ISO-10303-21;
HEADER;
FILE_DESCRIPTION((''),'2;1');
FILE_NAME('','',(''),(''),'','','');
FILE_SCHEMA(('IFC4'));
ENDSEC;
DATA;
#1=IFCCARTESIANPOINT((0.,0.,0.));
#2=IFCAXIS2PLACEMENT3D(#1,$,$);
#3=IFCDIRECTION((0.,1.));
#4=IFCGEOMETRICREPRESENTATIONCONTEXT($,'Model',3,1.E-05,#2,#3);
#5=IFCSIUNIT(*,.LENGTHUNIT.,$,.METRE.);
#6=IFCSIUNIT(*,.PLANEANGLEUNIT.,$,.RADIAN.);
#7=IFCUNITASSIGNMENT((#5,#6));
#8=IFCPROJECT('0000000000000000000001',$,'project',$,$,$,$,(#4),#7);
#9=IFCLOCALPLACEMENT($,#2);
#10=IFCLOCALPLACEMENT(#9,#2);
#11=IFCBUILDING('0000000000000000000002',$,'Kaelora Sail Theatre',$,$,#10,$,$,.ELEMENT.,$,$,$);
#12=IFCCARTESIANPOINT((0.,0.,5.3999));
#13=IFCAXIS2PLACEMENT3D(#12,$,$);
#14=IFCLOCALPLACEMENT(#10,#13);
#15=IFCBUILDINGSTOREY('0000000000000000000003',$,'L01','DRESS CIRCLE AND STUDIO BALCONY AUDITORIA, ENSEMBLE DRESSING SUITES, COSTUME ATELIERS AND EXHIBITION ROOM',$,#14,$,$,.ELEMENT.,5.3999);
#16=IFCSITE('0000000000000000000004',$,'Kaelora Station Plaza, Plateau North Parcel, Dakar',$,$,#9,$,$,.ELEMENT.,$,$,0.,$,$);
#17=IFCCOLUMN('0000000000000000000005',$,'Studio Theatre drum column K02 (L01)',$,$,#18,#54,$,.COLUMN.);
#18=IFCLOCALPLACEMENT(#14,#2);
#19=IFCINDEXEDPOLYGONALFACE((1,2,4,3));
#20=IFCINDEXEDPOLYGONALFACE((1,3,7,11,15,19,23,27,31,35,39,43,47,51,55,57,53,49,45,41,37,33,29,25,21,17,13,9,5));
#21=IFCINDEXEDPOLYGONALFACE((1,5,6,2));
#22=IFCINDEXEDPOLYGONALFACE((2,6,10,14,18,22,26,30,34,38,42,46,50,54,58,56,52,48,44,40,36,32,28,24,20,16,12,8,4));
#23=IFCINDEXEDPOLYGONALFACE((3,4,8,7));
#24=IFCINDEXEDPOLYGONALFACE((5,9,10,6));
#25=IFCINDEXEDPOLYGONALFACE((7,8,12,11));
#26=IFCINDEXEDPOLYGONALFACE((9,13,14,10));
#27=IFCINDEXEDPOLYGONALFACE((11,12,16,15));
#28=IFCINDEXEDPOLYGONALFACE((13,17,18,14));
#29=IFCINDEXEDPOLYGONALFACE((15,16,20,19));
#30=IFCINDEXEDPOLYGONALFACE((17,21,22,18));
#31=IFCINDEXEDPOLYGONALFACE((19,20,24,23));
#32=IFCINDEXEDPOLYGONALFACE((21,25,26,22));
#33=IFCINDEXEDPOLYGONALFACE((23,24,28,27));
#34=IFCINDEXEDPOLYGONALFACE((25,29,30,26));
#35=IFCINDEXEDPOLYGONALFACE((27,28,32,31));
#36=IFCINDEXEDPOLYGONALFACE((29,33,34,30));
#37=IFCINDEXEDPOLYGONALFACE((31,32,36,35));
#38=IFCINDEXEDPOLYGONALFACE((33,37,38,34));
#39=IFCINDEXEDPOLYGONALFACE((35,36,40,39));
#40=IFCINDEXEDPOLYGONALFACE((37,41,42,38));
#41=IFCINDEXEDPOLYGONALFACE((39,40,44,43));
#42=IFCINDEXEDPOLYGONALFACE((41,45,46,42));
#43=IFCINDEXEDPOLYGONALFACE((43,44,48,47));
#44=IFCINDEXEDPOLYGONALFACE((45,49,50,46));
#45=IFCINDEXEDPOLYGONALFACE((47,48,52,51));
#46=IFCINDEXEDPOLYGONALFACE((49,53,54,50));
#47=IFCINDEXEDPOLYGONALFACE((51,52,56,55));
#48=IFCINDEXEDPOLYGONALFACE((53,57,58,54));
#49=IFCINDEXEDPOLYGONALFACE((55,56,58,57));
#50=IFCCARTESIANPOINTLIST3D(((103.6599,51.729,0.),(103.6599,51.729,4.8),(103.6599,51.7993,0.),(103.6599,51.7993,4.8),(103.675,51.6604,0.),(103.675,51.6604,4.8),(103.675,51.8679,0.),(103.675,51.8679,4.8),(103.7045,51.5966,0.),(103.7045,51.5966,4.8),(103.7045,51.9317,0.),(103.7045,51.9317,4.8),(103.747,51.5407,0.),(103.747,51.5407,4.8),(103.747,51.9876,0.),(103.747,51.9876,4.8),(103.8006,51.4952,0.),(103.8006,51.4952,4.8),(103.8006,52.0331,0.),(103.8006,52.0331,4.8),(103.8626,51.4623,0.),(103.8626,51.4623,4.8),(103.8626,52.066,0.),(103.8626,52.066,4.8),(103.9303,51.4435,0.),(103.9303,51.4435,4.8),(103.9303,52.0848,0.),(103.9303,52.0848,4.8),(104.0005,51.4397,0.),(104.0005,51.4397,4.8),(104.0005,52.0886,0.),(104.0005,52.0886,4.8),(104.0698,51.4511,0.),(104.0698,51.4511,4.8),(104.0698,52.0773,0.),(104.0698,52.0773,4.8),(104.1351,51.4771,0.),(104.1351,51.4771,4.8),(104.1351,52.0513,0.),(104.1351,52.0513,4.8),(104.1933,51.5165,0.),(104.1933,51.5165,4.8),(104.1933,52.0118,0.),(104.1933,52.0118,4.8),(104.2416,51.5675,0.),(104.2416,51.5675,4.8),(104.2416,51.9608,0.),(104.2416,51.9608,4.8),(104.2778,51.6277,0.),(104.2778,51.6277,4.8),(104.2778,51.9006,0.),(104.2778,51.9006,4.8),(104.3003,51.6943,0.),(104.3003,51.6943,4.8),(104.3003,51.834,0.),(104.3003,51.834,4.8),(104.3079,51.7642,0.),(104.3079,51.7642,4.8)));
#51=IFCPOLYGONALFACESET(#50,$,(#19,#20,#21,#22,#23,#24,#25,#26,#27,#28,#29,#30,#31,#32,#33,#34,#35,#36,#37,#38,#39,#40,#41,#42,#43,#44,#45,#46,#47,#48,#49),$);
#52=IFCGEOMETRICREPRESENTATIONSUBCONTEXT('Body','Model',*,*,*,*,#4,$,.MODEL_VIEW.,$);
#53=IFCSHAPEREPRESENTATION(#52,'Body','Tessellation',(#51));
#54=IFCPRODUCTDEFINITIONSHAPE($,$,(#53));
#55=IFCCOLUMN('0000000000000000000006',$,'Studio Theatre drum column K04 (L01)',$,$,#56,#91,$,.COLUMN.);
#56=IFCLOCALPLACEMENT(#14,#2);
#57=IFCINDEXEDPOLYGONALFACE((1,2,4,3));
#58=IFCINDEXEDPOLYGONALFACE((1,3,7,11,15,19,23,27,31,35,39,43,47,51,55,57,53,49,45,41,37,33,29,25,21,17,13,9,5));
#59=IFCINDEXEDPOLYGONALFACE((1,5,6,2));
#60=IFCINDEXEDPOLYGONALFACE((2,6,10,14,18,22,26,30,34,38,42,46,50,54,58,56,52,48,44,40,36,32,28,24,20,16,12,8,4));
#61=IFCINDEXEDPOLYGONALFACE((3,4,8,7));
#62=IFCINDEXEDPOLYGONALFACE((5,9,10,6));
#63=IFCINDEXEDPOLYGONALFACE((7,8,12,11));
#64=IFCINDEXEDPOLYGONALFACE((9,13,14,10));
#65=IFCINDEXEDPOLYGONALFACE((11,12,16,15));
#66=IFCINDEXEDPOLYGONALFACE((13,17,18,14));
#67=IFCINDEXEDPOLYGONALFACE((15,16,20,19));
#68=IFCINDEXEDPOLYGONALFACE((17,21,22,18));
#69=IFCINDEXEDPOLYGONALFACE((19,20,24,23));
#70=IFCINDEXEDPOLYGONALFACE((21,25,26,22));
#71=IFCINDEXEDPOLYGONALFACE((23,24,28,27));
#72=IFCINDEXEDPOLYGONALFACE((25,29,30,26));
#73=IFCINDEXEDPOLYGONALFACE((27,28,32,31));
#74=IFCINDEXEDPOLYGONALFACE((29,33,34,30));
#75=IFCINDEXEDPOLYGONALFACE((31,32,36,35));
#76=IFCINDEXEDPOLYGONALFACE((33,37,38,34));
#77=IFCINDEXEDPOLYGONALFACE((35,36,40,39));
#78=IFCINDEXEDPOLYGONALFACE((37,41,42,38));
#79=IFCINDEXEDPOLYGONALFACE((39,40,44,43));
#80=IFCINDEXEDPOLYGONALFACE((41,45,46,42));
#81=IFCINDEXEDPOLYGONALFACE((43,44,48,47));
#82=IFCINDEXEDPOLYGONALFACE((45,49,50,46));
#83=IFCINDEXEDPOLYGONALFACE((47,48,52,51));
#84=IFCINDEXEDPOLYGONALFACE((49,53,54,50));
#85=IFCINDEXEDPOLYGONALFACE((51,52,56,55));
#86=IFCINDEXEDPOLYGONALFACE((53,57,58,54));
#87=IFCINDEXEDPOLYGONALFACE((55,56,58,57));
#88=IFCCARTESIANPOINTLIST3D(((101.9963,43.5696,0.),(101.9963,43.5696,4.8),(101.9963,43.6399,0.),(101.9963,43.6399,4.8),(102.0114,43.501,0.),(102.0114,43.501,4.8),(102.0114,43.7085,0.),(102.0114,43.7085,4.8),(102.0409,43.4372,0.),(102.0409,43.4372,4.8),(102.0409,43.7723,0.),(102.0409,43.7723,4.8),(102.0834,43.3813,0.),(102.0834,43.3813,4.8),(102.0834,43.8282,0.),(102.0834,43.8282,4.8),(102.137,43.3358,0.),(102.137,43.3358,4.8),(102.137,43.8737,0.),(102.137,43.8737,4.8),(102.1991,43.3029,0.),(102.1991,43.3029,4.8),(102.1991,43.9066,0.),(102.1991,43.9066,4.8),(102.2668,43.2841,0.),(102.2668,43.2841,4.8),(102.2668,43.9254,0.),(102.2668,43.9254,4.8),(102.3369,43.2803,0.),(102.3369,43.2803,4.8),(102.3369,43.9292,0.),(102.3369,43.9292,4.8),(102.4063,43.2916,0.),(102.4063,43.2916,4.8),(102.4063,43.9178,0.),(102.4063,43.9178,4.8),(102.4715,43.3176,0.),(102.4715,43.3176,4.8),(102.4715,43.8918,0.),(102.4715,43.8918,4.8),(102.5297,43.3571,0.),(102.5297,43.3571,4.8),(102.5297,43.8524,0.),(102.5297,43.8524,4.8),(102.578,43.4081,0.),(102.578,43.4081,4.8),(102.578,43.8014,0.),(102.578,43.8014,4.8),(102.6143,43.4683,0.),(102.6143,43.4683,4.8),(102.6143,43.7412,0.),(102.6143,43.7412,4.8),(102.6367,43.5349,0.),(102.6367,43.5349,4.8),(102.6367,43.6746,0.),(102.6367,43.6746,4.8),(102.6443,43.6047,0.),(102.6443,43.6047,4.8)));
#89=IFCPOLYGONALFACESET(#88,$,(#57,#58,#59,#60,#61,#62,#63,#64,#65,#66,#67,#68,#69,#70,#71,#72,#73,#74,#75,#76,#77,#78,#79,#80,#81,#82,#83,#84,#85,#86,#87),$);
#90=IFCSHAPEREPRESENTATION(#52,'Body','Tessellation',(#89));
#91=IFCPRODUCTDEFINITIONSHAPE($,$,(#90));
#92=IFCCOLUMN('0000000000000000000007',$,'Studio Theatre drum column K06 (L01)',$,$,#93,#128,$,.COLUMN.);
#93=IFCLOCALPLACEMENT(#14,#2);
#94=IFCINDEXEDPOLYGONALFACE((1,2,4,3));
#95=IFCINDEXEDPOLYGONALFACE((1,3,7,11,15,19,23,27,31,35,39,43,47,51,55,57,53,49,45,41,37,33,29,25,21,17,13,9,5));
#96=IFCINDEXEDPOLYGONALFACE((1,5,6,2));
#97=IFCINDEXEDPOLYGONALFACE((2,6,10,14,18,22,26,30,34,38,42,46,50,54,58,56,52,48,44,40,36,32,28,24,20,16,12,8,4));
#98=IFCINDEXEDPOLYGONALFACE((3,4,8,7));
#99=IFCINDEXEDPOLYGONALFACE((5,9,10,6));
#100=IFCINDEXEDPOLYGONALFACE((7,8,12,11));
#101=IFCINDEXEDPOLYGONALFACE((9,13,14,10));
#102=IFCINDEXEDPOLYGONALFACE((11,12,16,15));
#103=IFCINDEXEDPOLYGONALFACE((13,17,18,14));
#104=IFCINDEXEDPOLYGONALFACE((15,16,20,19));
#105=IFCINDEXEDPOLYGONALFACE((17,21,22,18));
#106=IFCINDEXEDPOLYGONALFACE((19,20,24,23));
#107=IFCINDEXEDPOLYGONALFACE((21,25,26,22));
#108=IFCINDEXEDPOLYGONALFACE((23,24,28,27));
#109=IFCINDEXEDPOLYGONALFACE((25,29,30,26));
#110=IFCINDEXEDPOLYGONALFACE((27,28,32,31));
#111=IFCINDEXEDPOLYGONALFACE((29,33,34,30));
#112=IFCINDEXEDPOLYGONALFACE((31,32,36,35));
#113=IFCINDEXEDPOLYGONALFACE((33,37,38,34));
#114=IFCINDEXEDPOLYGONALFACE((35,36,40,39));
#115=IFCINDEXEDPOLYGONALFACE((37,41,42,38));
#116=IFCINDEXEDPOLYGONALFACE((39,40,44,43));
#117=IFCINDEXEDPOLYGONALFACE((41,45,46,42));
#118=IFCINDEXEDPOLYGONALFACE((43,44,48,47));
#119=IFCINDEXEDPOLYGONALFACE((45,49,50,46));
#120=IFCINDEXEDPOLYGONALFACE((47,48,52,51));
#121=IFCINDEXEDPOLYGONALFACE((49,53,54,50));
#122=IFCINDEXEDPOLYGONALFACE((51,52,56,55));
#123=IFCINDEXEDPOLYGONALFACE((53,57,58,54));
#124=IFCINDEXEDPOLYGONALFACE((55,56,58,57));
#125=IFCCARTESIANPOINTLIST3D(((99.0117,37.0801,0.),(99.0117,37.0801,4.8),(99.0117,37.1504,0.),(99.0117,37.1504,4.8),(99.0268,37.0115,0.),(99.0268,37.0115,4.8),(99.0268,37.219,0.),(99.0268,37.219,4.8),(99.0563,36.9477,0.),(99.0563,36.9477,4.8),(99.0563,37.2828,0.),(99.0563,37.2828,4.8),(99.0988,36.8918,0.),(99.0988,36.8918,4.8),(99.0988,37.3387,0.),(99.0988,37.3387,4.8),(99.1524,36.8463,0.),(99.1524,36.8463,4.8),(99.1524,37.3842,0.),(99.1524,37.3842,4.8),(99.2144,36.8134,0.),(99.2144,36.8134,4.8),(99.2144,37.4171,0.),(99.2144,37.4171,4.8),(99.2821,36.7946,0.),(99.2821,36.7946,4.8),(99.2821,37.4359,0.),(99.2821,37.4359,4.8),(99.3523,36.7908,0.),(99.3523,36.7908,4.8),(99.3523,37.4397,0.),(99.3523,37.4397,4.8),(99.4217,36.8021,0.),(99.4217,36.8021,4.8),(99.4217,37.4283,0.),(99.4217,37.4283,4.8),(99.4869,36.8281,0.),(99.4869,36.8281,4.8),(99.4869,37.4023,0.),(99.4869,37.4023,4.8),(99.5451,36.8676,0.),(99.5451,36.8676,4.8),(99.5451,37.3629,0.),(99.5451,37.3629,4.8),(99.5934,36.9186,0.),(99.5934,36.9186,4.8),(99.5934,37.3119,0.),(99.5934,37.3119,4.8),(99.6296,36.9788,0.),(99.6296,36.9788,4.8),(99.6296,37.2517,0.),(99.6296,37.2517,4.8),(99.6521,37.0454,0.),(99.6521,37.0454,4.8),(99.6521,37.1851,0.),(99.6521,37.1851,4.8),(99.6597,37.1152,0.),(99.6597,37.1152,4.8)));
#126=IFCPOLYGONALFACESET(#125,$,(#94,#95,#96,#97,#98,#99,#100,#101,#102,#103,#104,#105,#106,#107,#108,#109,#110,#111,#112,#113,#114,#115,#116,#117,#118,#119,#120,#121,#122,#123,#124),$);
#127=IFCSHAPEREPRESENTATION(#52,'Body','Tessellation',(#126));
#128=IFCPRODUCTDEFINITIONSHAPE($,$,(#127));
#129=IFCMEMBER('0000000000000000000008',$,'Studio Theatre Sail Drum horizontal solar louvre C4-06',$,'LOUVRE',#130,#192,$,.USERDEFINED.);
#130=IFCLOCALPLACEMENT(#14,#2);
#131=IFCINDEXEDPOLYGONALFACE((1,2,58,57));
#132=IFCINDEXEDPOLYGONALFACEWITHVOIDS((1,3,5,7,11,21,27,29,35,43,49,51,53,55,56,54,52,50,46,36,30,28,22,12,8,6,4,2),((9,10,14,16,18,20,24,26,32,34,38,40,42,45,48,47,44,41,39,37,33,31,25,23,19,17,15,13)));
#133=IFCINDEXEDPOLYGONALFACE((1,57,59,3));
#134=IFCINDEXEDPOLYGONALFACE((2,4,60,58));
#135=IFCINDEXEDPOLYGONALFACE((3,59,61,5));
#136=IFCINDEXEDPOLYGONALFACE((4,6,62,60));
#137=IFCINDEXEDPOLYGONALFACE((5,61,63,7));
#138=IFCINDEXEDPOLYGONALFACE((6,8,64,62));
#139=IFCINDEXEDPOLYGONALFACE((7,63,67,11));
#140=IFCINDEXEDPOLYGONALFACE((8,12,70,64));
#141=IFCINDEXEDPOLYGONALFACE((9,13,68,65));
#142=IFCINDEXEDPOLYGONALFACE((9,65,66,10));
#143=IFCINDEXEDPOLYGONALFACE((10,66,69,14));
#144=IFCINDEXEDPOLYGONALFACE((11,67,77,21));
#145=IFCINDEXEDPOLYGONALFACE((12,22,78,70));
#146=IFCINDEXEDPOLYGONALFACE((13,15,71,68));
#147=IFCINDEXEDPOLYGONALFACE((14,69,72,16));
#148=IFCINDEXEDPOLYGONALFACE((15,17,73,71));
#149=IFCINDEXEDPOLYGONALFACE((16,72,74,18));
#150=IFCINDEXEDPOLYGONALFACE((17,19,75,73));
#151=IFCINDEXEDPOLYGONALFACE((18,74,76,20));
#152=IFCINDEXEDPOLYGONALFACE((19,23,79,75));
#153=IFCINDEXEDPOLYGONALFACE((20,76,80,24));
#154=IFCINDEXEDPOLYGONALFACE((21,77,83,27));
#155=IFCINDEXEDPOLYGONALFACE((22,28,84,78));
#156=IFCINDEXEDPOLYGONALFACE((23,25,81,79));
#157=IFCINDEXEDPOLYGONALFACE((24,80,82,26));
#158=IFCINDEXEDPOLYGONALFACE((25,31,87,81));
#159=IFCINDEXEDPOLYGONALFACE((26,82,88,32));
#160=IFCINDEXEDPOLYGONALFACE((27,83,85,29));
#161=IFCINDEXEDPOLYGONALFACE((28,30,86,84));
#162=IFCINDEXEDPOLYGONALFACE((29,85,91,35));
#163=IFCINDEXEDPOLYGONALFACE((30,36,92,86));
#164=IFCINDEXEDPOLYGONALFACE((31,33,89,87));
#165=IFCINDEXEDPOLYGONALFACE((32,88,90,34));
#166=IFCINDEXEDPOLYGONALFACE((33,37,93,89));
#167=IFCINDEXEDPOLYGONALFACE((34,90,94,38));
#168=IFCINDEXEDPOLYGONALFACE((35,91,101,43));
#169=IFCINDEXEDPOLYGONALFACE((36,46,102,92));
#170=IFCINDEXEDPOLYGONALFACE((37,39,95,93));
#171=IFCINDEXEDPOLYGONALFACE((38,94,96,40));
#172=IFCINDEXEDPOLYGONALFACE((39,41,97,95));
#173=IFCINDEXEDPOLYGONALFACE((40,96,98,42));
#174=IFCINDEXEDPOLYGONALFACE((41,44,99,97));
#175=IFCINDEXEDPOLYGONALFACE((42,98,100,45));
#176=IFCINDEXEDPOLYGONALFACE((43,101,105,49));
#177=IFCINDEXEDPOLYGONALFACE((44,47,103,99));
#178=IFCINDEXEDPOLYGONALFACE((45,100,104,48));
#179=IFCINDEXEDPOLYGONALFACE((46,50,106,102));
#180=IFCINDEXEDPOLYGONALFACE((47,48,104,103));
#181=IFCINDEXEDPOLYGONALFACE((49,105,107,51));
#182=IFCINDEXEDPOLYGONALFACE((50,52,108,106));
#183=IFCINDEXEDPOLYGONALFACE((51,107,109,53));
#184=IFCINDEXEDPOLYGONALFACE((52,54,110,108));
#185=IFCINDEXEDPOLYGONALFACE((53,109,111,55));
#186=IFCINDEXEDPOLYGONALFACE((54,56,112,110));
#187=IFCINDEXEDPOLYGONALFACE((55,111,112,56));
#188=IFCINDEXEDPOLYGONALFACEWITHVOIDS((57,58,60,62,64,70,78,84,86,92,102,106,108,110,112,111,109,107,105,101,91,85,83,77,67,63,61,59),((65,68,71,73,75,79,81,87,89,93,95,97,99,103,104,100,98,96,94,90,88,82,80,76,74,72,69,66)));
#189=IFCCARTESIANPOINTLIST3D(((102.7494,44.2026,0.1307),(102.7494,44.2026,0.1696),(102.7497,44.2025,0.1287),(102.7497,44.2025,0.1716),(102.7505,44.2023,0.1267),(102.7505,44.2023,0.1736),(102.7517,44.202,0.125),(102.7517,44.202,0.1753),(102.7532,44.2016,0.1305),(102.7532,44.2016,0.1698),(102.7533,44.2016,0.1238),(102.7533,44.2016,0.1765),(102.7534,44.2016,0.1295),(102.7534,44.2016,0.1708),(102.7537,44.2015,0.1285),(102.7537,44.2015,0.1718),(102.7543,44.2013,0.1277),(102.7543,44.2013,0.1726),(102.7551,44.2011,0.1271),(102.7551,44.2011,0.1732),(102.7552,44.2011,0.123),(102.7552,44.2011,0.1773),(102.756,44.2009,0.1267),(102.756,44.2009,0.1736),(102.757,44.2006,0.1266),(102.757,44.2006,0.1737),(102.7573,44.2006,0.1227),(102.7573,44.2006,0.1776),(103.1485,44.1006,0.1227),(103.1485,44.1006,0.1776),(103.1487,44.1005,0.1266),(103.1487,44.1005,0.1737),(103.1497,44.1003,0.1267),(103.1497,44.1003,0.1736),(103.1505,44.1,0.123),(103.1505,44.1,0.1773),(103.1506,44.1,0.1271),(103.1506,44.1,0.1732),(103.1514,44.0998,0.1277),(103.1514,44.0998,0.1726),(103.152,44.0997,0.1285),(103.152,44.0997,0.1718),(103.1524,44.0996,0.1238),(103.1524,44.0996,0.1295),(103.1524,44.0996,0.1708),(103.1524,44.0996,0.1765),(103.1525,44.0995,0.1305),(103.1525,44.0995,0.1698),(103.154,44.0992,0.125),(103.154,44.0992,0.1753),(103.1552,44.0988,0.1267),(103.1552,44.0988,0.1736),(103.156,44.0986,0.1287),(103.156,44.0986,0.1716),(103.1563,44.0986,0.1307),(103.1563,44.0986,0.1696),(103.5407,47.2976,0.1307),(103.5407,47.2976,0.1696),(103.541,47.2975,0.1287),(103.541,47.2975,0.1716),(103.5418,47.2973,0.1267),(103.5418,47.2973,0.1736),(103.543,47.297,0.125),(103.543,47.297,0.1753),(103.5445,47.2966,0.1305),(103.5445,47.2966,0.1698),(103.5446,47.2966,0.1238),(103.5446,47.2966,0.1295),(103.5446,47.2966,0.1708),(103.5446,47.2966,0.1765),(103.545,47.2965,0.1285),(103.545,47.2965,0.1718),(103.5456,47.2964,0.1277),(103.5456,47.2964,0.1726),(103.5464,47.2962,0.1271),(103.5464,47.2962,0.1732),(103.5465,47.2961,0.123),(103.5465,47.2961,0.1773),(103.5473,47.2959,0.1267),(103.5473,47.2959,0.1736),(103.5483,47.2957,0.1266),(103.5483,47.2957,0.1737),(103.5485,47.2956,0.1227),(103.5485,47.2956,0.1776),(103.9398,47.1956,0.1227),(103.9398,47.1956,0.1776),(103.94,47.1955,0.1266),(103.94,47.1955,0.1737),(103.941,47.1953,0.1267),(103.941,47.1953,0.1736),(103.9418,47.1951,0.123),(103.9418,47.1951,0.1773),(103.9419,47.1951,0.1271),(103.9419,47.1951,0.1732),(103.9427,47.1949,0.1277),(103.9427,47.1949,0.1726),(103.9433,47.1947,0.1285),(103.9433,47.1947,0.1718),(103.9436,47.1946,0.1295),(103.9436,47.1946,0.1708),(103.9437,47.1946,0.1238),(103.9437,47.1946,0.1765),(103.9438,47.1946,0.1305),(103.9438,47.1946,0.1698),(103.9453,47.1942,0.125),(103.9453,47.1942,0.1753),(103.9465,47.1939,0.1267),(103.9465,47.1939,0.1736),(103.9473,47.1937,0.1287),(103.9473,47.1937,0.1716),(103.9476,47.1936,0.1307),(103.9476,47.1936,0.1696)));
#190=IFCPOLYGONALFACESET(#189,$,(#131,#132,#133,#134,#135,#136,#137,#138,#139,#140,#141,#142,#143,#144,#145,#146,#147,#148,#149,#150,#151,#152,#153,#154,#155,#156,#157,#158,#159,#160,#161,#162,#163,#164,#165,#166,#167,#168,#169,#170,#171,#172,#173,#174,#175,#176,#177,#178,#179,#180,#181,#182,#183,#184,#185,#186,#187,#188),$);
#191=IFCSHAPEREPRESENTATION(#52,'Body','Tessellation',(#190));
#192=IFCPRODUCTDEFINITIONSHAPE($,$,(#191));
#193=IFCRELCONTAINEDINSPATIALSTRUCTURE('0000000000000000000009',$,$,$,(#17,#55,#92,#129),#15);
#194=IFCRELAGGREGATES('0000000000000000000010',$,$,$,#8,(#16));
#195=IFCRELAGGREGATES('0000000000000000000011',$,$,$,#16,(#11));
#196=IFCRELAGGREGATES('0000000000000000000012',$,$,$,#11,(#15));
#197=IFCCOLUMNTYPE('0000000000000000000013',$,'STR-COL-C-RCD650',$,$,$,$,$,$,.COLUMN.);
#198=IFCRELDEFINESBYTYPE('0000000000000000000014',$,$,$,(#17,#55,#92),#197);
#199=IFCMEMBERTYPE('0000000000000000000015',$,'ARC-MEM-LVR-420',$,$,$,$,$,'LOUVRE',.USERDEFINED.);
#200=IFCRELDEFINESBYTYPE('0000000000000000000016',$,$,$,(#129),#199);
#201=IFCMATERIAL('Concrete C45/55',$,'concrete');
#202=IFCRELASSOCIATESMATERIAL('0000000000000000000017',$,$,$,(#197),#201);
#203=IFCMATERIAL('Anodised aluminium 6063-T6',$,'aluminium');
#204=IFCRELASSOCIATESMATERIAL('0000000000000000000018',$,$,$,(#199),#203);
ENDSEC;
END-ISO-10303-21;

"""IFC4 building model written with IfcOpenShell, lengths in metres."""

from ifc_helpers import new_model, si_unit, direction, frame, origin, origin_2d, place, context, subcontext, project, spatial, hollow_rectangle, circle, extrude, material, material_profile, profile_set, type_object, element, save


model = new_model("IFC4")

# Units and contexts
model_context = context("Model", 3, precision=1e-05, world=origin(), true_north=direction((0.0, 1.0)))
body_context = subcontext(model_context, "Body", "Model", "MODEL_VIEW")
ifc_project = project(units=[si_unit("LENGTHUNIT", "METRE"), si_unit("PLANEANGLEUNIT", "RADIAN")], contexts=[model_context])

# Site, building, storey
site_placement = place(None, origin())
site = spatial("IfcSite", under=ifc_project, at=site_placement, Name="Kaelora Station Plaza, Plateau North Parcel, Dakar", CompositionType="ELEMENT", RefElevation=0.0)
building_placement = place(site_placement, origin())
building = spatial("IfcBuilding", under=site, at=building_placement, Name="Kaelora Sail Theatre", CompositionType="ELEMENT")
storey_placement = place(building_placement, frame((0.0, 0.0, 5.3999)))
storey = spatial("IfcBuildingStorey", under=building, at=storey_placement, Name="L01", Description="DRESS CIRCLE AND STUDIO BALCONY AUDITORIA, ENSEMBLE DRESSING SUITES, COSTUME ATELIERS AND EXHIBITION ROOM", CompositionType="ELEMENT", Elevation=5.3999)

# Columns
ifc_material_1 = material(Name="Concrete C45/55", Category="concrete")
ifc_material_profile_1 = material_profile(ifc_material_1, circle(Radius=0.325, at=origin_2d()), Name="RC-CCOL D650")
ifc_profile_set_1 = profile_set([ifc_material_profile_1], Name="Concrete C45/55")
column_type = type_object("IfcColumnType", Name="STR-COL-C-RCD650", PredefinedType="COLUMN", material=ifc_profile_set_1)
for number, where, z_axis, x_axis, name in (
    (1, (103.9829, 51.7642, 0.0), (0.0, 0.0, 1.0), (1.0, 0.0, 0.0), "Studio Theatre drum column K02 (L01)"),
    (2, (102.3193, 43.6047, 0.0), (0.0, 0.0, 1.0), (1.0, 0.0, 0.0), "Studio Theatre drum column K04 (L01)"),
    (3, (99.3347, 37.1152, 0.0), (0.0, 0.0, 1.0), (1.0, 0.0, 0.0), "Studio Theatre drum column K06 (L01)"),
):
    element("IfcColumn", number, at=place(storey_placement, frame(where, z_axis=z_axis, x_axis=x_axis)), inside=storey, type_object=column_type, Name=name, PredefinedType="COLUMN", context=body_context, shape_type="SweptSolid", body=[
        extrude(circle(Radius=0.325, at=origin_2d()), origin(), (0.0, 0.0, 1.0), 4.8),
    ])

# Member
ifc_material_2 = material(Name="Anodised aluminium 6063-T6", Category="aluminium")
ifc_material_profile_2 = material_profile(ifc_material_2, hollow_rectangle(XDim=0.4199, YDim=0.0549, WallThickness=0.0039, InnerFilletRadius=0.0039, OuterFilletRadius=0.0081, at=origin_2d()), Name="LOUVRE 420x55x4")
ifc_profile_set_2 = profile_set([ifc_material_profile_2], Name="Anodised aluminium 6063-T6")
member_type = type_object("IfcMemberType", Name="ARC-MEM-LVR-420", ElementType="LOUVRE", PredefinedType="USERDEFINED", material=ifc_profile_set_2)
for number, where, z_axis, x_axis, name in (
    (4, (103.7441, 47.2456, 0.1501), (-0.247693, -0.968839, 0.0), (0.968839, -0.247693, 0.0), "Studio Theatre Sail Drum horizontal solar louvre C4-06"),
):
    element("IfcMember", number, at=place(storey_placement, frame(where, z_axis=z_axis, x_axis=x_axis)), inside=storey, type_object=member_type, Name=name, ObjectType="LOUVRE", PredefinedType="USERDEFINED", context=body_context, shape_type="SweptSolid", body=[
        extrude(hollow_rectangle(XDim=0.4199, YDim=0.0549, WallThickness=0.0039, InnerFilletRadius=0.0039, OuterFilletRadius=0.0081, at=origin_2d()), origin(), (0.0, 0.0, 1.0), 3.1946),
    ])

save(model, "model.ifc")
